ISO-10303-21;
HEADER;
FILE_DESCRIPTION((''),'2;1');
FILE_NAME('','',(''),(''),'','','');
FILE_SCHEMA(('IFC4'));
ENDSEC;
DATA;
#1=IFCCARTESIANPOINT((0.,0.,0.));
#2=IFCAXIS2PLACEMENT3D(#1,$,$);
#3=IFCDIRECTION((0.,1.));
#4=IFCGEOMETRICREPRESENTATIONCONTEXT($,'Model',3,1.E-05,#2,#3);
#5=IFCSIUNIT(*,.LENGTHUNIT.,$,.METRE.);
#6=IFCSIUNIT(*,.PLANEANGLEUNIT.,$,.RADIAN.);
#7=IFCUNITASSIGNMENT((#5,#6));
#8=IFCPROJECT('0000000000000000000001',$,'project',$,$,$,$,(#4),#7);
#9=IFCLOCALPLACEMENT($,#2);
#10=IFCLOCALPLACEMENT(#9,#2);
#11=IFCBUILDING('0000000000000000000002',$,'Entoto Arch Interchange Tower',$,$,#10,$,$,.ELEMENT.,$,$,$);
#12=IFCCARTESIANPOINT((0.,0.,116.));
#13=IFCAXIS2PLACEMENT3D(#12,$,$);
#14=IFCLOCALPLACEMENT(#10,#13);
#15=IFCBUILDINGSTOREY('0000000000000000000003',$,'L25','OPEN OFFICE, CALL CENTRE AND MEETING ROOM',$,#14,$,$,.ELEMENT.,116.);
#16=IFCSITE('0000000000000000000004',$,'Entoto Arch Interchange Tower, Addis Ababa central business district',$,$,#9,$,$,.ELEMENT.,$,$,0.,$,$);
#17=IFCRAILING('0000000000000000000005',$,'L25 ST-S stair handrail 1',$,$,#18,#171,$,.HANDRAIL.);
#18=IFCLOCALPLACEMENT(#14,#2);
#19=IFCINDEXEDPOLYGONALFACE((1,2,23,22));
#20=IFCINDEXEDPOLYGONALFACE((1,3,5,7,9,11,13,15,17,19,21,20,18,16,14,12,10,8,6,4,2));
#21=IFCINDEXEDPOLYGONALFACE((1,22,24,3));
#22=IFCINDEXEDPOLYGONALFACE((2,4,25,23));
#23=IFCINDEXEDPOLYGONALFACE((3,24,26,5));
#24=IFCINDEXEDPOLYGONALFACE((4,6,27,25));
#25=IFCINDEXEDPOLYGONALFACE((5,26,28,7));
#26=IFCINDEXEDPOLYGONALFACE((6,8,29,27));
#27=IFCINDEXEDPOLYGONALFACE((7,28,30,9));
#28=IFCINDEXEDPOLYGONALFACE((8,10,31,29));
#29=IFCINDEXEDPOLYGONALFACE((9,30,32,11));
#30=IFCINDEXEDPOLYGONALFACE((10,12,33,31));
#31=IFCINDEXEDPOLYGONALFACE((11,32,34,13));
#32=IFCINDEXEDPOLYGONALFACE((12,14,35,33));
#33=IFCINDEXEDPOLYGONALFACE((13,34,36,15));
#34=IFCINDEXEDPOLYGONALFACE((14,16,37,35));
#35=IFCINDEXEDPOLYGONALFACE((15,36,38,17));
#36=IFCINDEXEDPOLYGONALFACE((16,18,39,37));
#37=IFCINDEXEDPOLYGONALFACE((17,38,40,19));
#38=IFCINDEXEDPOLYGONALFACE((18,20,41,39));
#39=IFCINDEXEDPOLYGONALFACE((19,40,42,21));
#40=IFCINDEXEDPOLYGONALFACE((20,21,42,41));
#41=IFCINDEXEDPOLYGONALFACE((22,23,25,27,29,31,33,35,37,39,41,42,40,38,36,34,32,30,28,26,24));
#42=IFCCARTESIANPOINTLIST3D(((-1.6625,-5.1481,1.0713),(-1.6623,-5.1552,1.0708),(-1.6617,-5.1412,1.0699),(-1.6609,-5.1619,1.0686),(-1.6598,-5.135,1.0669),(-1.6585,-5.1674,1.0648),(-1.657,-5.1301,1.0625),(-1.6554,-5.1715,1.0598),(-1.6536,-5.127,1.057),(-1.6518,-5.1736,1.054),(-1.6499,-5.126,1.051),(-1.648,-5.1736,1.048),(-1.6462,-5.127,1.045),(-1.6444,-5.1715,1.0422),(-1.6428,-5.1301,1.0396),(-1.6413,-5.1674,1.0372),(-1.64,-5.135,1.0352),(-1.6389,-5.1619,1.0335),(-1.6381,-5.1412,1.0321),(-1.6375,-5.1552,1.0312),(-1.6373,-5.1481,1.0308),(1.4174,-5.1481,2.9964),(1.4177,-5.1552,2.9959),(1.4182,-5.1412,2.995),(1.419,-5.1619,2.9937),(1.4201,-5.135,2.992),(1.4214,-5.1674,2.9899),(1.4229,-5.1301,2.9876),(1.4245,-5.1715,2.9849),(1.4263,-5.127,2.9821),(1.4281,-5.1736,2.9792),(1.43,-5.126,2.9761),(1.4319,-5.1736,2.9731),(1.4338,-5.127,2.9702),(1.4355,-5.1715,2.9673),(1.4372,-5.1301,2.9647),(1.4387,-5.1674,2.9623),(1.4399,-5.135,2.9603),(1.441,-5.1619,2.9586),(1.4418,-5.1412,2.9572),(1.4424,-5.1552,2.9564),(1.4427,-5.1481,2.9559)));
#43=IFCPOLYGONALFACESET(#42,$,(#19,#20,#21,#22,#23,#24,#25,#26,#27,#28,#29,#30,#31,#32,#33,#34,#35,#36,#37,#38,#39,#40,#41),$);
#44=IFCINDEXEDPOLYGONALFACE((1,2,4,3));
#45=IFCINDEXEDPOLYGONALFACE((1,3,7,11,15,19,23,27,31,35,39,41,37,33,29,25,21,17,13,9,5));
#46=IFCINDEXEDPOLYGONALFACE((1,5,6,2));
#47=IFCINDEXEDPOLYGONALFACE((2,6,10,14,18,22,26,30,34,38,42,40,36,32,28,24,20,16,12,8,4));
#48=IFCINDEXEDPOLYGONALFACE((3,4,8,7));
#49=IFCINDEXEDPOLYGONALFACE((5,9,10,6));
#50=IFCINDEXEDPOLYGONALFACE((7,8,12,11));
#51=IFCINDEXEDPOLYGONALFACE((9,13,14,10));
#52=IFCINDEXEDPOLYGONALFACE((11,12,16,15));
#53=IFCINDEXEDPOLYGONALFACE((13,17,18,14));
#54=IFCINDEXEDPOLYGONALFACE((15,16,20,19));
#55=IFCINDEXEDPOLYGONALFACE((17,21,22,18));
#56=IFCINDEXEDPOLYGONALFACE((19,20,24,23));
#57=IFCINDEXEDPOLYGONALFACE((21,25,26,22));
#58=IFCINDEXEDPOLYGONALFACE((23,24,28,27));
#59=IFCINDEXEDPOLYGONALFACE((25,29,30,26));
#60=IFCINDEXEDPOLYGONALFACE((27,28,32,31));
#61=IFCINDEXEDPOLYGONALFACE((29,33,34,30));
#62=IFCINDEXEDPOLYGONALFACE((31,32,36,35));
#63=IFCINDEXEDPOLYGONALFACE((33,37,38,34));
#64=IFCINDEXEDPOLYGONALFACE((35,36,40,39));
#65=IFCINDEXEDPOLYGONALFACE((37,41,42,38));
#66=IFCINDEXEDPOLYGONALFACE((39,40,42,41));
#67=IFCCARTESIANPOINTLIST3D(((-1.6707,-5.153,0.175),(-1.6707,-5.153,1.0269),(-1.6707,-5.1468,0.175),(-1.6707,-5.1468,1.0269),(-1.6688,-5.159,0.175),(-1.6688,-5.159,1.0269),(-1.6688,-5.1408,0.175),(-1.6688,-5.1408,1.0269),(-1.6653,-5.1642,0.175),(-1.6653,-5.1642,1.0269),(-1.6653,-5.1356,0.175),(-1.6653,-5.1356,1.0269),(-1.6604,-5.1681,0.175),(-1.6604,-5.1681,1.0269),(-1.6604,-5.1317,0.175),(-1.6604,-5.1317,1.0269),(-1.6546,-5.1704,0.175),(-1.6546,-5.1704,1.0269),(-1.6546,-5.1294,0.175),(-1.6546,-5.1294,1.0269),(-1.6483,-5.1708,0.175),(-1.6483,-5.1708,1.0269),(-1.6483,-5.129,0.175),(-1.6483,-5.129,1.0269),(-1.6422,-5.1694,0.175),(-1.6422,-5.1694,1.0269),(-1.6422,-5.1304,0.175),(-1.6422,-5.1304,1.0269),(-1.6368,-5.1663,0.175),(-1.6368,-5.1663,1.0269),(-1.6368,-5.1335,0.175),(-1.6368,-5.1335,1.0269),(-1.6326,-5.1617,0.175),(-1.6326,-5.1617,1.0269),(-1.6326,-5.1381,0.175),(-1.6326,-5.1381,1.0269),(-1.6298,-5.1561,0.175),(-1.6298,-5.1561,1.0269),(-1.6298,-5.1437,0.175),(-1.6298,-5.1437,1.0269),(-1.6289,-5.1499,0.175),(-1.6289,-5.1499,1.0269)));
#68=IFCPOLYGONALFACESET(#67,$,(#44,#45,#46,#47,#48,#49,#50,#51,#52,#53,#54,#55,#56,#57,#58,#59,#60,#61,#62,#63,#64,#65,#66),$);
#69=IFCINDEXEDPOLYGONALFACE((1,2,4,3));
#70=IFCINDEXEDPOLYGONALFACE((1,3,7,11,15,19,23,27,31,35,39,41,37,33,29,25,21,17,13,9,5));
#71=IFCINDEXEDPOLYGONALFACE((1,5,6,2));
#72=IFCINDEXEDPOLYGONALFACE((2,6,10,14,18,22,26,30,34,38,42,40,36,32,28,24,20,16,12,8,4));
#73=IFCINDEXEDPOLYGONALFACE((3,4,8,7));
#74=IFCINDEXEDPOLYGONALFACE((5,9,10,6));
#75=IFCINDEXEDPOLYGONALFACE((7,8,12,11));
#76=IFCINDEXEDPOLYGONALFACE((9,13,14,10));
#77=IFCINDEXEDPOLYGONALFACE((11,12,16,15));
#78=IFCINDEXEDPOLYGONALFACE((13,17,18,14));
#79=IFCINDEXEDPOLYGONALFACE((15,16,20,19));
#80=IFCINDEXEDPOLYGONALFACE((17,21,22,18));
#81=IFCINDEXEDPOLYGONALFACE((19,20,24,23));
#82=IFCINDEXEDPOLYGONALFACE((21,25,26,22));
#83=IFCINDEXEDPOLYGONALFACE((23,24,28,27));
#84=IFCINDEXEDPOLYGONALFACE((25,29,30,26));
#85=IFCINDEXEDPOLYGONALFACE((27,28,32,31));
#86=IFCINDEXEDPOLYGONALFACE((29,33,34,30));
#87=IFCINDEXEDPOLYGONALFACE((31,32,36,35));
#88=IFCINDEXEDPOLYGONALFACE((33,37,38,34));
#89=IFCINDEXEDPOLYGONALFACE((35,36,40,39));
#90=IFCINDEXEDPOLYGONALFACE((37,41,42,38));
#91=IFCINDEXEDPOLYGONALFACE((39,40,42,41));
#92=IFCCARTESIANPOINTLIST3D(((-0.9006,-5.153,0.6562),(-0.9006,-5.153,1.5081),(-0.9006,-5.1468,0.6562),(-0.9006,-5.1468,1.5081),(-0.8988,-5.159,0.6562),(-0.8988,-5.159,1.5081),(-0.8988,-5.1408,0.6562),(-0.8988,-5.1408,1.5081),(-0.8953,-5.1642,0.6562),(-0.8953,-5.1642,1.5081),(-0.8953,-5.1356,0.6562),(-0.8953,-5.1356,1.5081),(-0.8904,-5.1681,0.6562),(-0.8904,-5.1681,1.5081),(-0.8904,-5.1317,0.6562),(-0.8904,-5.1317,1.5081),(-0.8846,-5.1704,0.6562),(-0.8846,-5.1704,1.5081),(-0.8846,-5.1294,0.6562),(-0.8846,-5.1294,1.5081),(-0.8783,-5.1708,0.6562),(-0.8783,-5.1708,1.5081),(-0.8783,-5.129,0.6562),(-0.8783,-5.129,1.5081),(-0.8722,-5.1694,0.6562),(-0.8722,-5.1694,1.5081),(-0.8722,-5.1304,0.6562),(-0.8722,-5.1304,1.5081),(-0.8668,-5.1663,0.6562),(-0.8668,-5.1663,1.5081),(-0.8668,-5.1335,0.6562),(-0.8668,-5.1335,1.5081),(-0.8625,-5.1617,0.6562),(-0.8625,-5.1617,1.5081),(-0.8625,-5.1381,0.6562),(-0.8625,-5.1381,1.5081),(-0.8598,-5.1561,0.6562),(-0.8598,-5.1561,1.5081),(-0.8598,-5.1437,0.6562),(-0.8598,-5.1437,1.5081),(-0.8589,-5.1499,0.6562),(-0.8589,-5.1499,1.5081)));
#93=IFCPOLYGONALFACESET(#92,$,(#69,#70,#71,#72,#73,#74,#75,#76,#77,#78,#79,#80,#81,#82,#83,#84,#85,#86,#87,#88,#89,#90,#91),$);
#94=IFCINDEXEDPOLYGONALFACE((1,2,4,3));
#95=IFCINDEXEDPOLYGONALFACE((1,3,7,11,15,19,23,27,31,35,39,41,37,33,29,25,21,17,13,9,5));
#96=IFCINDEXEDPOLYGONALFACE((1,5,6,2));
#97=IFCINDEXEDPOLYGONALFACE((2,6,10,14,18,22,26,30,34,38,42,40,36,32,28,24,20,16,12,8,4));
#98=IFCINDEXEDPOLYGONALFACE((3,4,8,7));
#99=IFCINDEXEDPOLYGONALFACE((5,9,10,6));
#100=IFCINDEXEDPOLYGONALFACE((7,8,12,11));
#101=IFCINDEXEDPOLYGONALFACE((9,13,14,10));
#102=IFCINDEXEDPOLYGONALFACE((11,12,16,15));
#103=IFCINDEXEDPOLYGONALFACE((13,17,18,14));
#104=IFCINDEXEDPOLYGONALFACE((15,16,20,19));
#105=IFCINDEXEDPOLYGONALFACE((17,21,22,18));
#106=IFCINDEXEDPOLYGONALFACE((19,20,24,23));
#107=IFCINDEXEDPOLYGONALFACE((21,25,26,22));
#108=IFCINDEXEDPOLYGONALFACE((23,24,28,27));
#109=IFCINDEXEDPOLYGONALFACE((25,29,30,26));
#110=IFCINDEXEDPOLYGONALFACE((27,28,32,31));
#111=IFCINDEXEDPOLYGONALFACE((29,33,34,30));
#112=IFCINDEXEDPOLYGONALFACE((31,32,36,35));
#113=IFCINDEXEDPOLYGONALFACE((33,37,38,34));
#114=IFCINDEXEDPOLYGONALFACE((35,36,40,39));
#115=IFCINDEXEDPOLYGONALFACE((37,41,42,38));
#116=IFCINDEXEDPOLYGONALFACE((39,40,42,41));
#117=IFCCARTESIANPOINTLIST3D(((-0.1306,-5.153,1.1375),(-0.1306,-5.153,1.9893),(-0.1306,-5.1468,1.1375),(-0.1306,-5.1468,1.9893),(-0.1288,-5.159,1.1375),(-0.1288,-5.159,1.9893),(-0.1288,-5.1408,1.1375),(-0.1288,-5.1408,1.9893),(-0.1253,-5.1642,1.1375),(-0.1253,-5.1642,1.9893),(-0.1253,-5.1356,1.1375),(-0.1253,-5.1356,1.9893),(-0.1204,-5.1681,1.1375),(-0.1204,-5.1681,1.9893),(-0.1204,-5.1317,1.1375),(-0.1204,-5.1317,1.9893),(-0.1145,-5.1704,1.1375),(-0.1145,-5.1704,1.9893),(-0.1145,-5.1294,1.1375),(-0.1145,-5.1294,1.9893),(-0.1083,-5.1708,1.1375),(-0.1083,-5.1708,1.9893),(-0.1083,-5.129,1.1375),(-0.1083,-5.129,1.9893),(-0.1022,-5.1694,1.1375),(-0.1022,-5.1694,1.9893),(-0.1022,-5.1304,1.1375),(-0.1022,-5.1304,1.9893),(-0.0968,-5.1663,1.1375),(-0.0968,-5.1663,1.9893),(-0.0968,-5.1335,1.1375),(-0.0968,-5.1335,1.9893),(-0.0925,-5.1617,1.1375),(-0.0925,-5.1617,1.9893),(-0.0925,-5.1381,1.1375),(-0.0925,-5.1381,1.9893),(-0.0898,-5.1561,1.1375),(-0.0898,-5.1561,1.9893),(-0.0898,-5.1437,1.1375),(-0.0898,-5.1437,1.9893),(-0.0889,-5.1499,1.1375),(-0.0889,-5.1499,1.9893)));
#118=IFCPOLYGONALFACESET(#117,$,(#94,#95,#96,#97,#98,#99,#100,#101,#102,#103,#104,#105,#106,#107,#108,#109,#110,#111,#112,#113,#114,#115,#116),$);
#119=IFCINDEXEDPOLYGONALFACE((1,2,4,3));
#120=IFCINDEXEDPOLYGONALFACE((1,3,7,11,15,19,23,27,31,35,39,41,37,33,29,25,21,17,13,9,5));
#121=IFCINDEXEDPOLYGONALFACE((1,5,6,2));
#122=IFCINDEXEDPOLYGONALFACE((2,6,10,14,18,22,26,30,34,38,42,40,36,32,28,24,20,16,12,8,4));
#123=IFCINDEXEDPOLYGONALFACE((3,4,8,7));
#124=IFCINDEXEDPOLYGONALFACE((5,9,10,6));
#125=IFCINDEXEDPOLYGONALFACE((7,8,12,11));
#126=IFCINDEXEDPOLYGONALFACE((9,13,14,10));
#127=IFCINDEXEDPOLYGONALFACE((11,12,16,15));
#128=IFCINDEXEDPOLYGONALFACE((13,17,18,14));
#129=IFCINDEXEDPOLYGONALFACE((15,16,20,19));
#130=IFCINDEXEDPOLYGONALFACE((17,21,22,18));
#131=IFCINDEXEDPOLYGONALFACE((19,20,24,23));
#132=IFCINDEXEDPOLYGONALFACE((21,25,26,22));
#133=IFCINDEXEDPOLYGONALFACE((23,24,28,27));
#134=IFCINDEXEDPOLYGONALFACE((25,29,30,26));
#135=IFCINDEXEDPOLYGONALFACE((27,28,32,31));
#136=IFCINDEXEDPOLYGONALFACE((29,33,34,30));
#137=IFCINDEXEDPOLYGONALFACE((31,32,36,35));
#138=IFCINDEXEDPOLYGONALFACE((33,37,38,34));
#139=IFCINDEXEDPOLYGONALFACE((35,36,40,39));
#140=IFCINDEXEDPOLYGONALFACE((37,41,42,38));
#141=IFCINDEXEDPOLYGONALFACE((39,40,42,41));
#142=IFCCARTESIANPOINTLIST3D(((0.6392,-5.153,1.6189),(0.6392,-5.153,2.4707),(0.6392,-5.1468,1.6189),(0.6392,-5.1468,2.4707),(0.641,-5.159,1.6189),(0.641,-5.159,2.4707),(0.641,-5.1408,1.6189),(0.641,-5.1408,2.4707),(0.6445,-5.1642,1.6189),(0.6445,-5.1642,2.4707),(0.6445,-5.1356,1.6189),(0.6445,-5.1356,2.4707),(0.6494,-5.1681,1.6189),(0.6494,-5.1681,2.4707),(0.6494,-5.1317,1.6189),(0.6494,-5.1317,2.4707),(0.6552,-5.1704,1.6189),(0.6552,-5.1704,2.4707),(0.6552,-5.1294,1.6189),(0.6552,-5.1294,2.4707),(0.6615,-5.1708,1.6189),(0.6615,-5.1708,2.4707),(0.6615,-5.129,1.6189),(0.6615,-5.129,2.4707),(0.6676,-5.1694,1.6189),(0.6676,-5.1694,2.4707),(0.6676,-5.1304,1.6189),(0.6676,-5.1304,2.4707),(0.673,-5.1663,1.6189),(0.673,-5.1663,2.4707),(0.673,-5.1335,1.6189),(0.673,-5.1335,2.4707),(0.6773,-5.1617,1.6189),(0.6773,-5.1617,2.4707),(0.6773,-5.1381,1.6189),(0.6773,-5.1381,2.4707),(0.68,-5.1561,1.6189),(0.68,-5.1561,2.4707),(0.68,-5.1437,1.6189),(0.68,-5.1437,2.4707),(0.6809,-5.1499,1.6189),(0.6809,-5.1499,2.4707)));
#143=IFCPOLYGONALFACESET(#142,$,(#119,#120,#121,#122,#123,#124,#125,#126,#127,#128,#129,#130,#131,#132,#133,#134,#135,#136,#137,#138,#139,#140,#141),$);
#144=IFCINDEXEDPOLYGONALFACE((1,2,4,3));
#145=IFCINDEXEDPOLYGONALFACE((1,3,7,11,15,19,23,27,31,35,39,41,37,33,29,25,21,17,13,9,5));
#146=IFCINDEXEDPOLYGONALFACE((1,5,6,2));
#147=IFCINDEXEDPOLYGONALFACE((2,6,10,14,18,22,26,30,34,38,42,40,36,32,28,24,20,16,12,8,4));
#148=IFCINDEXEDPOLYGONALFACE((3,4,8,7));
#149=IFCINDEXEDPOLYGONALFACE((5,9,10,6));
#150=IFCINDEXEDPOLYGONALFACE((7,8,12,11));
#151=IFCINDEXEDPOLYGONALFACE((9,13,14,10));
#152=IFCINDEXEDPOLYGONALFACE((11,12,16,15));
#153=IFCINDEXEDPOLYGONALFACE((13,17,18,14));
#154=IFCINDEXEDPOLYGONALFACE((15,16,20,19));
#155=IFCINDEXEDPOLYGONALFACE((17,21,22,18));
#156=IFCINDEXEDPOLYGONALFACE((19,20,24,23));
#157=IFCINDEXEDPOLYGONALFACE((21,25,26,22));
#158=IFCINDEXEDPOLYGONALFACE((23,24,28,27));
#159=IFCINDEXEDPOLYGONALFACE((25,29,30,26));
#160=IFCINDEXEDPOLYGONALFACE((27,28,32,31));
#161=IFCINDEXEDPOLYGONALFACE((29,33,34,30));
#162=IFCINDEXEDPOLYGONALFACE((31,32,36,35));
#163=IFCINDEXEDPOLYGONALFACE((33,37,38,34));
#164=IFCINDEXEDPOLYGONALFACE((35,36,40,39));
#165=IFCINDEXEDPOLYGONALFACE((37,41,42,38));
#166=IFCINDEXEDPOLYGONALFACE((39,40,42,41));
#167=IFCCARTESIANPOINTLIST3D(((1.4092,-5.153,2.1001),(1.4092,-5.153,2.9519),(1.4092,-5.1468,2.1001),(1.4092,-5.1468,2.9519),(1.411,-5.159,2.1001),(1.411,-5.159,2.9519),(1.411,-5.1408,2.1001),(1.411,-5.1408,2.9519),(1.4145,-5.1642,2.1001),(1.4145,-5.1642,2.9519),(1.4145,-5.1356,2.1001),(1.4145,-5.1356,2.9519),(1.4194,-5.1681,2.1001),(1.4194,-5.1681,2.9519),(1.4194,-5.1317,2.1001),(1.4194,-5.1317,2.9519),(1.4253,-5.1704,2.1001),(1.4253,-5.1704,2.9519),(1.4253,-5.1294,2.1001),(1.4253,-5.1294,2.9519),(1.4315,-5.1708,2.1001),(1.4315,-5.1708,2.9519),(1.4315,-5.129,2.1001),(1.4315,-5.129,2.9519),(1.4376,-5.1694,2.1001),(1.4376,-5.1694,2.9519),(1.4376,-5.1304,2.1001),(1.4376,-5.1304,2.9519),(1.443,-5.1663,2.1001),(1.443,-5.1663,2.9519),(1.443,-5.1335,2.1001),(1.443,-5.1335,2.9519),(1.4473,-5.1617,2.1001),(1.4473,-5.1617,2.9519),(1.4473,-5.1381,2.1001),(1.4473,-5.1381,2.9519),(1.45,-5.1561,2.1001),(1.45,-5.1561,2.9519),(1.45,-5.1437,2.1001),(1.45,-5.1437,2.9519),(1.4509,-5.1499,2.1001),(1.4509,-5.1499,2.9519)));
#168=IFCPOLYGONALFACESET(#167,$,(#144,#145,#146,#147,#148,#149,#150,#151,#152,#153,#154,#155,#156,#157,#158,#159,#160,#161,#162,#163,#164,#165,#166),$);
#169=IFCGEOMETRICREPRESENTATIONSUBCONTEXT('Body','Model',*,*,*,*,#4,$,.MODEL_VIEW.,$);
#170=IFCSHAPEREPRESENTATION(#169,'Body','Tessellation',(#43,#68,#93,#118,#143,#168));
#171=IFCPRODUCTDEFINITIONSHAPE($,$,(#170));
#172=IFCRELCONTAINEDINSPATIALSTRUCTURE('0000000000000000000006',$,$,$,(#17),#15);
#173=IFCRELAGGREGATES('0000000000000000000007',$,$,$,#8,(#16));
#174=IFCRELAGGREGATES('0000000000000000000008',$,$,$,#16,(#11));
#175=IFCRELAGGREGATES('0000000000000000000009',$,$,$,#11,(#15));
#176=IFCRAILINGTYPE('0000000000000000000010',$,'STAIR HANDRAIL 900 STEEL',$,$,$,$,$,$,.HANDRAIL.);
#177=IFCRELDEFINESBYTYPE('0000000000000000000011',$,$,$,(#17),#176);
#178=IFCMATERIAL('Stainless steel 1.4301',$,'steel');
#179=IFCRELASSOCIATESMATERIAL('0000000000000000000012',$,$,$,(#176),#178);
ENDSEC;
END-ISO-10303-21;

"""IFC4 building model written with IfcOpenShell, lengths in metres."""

from ifc_helpers import new_model, si_unit, direction, frame, origin, origin_2d, place, context, subcontext, project, spatial, circle, extrude, material, type_object, element, save


model = new_model("IFC4")

# Units and contexts
model_context = context("Model", 3, precision=1e-05, world=origin(), true_north=direction((0.0, 1.0)))
body_context = subcontext(model_context, "Body", "Model", "MODEL_VIEW")
ifc_project = project(units=[si_unit("LENGTHUNIT", "METRE"), si_unit("PLANEANGLEUNIT", "RADIAN")], contexts=[model_context])

# Site, building, storey
site_placement = place(None, origin())
site = spatial("IfcSite", under=ifc_project, at=site_placement, Name="Entoto Arch Interchange Tower, Addis Ababa central business district", CompositionType="ELEMENT", RefElevation=0.0)
building_placement = place(site_placement, origin())
building = spatial("IfcBuilding", under=site, at=building_placement, Name="Entoto Arch Interchange Tower", CompositionType="ELEMENT")
storey_placement = place(building_placement, frame((0.0, 0.0, 116.0)))
storey = spatial("IfcBuildingStorey", under=building, at=storey_placement, Name="L25", Description="OPEN OFFICE, CALL CENTRE AND MEETING ROOM", CompositionType="ELEMENT", Elevation=116.0)

# Railing
ifc_material_1 = material(Name="Stainless steel 1.4301", Category="steel")
railing_type_1 = type_object("IfcRailingType", Name="STAIR HANDRAIL 900 STEEL", PredefinedType="HANDRAIL", material=ifc_material_1)
railing_1_placement = place(storey_placement, frame((-1.6499, -5.1499, 0.175)))
element("IfcRailing", 1, at=railing_1_placement, inside=storey, type_object=railing_type_1, Name="L25 ST-S stair handrail 1", PredefinedType="HANDRAIL", context=body_context, shape_type="SweptSolid", body=[
    extrude(circle(Radius=0.0239, at=origin_2d()), frame((0.0, 0.0, 0.876), z_axis=(0.847979, 0.0, 0.530029), x_axis=(0.0, 1.0, 0.0)), (0.0, 0.0, 1.0), 3.6321),
    extrude(circle(Radius=0.021, at=origin_2d()), origin(), (0.0, 0.0, 1.0), 0.8518),
    extrude(circle(Radius=0.021, at=origin_2d()), frame((0.77, 0.0, 0.4812)), (0.0, 0.0, 1.0), 0.8518),
    extrude(circle(Radius=0.021, at=origin_2d()), frame((1.54, 0.0, 0.9624)), (0.0, 0.0, 1.0), 0.8518),
    extrude(circle(Radius=0.021, at=origin_2d()), frame((2.3098, 0.0, 1.4438)), (0.0, 0.0, 1.0), 0.8518),
    extrude(circle(Radius=0.021, at=origin_2d()), frame((3.0798, 0.0, 1.925)), (0.0, 0.0, 1.0), 0.8518),
])

save(model, "model.ifc")
